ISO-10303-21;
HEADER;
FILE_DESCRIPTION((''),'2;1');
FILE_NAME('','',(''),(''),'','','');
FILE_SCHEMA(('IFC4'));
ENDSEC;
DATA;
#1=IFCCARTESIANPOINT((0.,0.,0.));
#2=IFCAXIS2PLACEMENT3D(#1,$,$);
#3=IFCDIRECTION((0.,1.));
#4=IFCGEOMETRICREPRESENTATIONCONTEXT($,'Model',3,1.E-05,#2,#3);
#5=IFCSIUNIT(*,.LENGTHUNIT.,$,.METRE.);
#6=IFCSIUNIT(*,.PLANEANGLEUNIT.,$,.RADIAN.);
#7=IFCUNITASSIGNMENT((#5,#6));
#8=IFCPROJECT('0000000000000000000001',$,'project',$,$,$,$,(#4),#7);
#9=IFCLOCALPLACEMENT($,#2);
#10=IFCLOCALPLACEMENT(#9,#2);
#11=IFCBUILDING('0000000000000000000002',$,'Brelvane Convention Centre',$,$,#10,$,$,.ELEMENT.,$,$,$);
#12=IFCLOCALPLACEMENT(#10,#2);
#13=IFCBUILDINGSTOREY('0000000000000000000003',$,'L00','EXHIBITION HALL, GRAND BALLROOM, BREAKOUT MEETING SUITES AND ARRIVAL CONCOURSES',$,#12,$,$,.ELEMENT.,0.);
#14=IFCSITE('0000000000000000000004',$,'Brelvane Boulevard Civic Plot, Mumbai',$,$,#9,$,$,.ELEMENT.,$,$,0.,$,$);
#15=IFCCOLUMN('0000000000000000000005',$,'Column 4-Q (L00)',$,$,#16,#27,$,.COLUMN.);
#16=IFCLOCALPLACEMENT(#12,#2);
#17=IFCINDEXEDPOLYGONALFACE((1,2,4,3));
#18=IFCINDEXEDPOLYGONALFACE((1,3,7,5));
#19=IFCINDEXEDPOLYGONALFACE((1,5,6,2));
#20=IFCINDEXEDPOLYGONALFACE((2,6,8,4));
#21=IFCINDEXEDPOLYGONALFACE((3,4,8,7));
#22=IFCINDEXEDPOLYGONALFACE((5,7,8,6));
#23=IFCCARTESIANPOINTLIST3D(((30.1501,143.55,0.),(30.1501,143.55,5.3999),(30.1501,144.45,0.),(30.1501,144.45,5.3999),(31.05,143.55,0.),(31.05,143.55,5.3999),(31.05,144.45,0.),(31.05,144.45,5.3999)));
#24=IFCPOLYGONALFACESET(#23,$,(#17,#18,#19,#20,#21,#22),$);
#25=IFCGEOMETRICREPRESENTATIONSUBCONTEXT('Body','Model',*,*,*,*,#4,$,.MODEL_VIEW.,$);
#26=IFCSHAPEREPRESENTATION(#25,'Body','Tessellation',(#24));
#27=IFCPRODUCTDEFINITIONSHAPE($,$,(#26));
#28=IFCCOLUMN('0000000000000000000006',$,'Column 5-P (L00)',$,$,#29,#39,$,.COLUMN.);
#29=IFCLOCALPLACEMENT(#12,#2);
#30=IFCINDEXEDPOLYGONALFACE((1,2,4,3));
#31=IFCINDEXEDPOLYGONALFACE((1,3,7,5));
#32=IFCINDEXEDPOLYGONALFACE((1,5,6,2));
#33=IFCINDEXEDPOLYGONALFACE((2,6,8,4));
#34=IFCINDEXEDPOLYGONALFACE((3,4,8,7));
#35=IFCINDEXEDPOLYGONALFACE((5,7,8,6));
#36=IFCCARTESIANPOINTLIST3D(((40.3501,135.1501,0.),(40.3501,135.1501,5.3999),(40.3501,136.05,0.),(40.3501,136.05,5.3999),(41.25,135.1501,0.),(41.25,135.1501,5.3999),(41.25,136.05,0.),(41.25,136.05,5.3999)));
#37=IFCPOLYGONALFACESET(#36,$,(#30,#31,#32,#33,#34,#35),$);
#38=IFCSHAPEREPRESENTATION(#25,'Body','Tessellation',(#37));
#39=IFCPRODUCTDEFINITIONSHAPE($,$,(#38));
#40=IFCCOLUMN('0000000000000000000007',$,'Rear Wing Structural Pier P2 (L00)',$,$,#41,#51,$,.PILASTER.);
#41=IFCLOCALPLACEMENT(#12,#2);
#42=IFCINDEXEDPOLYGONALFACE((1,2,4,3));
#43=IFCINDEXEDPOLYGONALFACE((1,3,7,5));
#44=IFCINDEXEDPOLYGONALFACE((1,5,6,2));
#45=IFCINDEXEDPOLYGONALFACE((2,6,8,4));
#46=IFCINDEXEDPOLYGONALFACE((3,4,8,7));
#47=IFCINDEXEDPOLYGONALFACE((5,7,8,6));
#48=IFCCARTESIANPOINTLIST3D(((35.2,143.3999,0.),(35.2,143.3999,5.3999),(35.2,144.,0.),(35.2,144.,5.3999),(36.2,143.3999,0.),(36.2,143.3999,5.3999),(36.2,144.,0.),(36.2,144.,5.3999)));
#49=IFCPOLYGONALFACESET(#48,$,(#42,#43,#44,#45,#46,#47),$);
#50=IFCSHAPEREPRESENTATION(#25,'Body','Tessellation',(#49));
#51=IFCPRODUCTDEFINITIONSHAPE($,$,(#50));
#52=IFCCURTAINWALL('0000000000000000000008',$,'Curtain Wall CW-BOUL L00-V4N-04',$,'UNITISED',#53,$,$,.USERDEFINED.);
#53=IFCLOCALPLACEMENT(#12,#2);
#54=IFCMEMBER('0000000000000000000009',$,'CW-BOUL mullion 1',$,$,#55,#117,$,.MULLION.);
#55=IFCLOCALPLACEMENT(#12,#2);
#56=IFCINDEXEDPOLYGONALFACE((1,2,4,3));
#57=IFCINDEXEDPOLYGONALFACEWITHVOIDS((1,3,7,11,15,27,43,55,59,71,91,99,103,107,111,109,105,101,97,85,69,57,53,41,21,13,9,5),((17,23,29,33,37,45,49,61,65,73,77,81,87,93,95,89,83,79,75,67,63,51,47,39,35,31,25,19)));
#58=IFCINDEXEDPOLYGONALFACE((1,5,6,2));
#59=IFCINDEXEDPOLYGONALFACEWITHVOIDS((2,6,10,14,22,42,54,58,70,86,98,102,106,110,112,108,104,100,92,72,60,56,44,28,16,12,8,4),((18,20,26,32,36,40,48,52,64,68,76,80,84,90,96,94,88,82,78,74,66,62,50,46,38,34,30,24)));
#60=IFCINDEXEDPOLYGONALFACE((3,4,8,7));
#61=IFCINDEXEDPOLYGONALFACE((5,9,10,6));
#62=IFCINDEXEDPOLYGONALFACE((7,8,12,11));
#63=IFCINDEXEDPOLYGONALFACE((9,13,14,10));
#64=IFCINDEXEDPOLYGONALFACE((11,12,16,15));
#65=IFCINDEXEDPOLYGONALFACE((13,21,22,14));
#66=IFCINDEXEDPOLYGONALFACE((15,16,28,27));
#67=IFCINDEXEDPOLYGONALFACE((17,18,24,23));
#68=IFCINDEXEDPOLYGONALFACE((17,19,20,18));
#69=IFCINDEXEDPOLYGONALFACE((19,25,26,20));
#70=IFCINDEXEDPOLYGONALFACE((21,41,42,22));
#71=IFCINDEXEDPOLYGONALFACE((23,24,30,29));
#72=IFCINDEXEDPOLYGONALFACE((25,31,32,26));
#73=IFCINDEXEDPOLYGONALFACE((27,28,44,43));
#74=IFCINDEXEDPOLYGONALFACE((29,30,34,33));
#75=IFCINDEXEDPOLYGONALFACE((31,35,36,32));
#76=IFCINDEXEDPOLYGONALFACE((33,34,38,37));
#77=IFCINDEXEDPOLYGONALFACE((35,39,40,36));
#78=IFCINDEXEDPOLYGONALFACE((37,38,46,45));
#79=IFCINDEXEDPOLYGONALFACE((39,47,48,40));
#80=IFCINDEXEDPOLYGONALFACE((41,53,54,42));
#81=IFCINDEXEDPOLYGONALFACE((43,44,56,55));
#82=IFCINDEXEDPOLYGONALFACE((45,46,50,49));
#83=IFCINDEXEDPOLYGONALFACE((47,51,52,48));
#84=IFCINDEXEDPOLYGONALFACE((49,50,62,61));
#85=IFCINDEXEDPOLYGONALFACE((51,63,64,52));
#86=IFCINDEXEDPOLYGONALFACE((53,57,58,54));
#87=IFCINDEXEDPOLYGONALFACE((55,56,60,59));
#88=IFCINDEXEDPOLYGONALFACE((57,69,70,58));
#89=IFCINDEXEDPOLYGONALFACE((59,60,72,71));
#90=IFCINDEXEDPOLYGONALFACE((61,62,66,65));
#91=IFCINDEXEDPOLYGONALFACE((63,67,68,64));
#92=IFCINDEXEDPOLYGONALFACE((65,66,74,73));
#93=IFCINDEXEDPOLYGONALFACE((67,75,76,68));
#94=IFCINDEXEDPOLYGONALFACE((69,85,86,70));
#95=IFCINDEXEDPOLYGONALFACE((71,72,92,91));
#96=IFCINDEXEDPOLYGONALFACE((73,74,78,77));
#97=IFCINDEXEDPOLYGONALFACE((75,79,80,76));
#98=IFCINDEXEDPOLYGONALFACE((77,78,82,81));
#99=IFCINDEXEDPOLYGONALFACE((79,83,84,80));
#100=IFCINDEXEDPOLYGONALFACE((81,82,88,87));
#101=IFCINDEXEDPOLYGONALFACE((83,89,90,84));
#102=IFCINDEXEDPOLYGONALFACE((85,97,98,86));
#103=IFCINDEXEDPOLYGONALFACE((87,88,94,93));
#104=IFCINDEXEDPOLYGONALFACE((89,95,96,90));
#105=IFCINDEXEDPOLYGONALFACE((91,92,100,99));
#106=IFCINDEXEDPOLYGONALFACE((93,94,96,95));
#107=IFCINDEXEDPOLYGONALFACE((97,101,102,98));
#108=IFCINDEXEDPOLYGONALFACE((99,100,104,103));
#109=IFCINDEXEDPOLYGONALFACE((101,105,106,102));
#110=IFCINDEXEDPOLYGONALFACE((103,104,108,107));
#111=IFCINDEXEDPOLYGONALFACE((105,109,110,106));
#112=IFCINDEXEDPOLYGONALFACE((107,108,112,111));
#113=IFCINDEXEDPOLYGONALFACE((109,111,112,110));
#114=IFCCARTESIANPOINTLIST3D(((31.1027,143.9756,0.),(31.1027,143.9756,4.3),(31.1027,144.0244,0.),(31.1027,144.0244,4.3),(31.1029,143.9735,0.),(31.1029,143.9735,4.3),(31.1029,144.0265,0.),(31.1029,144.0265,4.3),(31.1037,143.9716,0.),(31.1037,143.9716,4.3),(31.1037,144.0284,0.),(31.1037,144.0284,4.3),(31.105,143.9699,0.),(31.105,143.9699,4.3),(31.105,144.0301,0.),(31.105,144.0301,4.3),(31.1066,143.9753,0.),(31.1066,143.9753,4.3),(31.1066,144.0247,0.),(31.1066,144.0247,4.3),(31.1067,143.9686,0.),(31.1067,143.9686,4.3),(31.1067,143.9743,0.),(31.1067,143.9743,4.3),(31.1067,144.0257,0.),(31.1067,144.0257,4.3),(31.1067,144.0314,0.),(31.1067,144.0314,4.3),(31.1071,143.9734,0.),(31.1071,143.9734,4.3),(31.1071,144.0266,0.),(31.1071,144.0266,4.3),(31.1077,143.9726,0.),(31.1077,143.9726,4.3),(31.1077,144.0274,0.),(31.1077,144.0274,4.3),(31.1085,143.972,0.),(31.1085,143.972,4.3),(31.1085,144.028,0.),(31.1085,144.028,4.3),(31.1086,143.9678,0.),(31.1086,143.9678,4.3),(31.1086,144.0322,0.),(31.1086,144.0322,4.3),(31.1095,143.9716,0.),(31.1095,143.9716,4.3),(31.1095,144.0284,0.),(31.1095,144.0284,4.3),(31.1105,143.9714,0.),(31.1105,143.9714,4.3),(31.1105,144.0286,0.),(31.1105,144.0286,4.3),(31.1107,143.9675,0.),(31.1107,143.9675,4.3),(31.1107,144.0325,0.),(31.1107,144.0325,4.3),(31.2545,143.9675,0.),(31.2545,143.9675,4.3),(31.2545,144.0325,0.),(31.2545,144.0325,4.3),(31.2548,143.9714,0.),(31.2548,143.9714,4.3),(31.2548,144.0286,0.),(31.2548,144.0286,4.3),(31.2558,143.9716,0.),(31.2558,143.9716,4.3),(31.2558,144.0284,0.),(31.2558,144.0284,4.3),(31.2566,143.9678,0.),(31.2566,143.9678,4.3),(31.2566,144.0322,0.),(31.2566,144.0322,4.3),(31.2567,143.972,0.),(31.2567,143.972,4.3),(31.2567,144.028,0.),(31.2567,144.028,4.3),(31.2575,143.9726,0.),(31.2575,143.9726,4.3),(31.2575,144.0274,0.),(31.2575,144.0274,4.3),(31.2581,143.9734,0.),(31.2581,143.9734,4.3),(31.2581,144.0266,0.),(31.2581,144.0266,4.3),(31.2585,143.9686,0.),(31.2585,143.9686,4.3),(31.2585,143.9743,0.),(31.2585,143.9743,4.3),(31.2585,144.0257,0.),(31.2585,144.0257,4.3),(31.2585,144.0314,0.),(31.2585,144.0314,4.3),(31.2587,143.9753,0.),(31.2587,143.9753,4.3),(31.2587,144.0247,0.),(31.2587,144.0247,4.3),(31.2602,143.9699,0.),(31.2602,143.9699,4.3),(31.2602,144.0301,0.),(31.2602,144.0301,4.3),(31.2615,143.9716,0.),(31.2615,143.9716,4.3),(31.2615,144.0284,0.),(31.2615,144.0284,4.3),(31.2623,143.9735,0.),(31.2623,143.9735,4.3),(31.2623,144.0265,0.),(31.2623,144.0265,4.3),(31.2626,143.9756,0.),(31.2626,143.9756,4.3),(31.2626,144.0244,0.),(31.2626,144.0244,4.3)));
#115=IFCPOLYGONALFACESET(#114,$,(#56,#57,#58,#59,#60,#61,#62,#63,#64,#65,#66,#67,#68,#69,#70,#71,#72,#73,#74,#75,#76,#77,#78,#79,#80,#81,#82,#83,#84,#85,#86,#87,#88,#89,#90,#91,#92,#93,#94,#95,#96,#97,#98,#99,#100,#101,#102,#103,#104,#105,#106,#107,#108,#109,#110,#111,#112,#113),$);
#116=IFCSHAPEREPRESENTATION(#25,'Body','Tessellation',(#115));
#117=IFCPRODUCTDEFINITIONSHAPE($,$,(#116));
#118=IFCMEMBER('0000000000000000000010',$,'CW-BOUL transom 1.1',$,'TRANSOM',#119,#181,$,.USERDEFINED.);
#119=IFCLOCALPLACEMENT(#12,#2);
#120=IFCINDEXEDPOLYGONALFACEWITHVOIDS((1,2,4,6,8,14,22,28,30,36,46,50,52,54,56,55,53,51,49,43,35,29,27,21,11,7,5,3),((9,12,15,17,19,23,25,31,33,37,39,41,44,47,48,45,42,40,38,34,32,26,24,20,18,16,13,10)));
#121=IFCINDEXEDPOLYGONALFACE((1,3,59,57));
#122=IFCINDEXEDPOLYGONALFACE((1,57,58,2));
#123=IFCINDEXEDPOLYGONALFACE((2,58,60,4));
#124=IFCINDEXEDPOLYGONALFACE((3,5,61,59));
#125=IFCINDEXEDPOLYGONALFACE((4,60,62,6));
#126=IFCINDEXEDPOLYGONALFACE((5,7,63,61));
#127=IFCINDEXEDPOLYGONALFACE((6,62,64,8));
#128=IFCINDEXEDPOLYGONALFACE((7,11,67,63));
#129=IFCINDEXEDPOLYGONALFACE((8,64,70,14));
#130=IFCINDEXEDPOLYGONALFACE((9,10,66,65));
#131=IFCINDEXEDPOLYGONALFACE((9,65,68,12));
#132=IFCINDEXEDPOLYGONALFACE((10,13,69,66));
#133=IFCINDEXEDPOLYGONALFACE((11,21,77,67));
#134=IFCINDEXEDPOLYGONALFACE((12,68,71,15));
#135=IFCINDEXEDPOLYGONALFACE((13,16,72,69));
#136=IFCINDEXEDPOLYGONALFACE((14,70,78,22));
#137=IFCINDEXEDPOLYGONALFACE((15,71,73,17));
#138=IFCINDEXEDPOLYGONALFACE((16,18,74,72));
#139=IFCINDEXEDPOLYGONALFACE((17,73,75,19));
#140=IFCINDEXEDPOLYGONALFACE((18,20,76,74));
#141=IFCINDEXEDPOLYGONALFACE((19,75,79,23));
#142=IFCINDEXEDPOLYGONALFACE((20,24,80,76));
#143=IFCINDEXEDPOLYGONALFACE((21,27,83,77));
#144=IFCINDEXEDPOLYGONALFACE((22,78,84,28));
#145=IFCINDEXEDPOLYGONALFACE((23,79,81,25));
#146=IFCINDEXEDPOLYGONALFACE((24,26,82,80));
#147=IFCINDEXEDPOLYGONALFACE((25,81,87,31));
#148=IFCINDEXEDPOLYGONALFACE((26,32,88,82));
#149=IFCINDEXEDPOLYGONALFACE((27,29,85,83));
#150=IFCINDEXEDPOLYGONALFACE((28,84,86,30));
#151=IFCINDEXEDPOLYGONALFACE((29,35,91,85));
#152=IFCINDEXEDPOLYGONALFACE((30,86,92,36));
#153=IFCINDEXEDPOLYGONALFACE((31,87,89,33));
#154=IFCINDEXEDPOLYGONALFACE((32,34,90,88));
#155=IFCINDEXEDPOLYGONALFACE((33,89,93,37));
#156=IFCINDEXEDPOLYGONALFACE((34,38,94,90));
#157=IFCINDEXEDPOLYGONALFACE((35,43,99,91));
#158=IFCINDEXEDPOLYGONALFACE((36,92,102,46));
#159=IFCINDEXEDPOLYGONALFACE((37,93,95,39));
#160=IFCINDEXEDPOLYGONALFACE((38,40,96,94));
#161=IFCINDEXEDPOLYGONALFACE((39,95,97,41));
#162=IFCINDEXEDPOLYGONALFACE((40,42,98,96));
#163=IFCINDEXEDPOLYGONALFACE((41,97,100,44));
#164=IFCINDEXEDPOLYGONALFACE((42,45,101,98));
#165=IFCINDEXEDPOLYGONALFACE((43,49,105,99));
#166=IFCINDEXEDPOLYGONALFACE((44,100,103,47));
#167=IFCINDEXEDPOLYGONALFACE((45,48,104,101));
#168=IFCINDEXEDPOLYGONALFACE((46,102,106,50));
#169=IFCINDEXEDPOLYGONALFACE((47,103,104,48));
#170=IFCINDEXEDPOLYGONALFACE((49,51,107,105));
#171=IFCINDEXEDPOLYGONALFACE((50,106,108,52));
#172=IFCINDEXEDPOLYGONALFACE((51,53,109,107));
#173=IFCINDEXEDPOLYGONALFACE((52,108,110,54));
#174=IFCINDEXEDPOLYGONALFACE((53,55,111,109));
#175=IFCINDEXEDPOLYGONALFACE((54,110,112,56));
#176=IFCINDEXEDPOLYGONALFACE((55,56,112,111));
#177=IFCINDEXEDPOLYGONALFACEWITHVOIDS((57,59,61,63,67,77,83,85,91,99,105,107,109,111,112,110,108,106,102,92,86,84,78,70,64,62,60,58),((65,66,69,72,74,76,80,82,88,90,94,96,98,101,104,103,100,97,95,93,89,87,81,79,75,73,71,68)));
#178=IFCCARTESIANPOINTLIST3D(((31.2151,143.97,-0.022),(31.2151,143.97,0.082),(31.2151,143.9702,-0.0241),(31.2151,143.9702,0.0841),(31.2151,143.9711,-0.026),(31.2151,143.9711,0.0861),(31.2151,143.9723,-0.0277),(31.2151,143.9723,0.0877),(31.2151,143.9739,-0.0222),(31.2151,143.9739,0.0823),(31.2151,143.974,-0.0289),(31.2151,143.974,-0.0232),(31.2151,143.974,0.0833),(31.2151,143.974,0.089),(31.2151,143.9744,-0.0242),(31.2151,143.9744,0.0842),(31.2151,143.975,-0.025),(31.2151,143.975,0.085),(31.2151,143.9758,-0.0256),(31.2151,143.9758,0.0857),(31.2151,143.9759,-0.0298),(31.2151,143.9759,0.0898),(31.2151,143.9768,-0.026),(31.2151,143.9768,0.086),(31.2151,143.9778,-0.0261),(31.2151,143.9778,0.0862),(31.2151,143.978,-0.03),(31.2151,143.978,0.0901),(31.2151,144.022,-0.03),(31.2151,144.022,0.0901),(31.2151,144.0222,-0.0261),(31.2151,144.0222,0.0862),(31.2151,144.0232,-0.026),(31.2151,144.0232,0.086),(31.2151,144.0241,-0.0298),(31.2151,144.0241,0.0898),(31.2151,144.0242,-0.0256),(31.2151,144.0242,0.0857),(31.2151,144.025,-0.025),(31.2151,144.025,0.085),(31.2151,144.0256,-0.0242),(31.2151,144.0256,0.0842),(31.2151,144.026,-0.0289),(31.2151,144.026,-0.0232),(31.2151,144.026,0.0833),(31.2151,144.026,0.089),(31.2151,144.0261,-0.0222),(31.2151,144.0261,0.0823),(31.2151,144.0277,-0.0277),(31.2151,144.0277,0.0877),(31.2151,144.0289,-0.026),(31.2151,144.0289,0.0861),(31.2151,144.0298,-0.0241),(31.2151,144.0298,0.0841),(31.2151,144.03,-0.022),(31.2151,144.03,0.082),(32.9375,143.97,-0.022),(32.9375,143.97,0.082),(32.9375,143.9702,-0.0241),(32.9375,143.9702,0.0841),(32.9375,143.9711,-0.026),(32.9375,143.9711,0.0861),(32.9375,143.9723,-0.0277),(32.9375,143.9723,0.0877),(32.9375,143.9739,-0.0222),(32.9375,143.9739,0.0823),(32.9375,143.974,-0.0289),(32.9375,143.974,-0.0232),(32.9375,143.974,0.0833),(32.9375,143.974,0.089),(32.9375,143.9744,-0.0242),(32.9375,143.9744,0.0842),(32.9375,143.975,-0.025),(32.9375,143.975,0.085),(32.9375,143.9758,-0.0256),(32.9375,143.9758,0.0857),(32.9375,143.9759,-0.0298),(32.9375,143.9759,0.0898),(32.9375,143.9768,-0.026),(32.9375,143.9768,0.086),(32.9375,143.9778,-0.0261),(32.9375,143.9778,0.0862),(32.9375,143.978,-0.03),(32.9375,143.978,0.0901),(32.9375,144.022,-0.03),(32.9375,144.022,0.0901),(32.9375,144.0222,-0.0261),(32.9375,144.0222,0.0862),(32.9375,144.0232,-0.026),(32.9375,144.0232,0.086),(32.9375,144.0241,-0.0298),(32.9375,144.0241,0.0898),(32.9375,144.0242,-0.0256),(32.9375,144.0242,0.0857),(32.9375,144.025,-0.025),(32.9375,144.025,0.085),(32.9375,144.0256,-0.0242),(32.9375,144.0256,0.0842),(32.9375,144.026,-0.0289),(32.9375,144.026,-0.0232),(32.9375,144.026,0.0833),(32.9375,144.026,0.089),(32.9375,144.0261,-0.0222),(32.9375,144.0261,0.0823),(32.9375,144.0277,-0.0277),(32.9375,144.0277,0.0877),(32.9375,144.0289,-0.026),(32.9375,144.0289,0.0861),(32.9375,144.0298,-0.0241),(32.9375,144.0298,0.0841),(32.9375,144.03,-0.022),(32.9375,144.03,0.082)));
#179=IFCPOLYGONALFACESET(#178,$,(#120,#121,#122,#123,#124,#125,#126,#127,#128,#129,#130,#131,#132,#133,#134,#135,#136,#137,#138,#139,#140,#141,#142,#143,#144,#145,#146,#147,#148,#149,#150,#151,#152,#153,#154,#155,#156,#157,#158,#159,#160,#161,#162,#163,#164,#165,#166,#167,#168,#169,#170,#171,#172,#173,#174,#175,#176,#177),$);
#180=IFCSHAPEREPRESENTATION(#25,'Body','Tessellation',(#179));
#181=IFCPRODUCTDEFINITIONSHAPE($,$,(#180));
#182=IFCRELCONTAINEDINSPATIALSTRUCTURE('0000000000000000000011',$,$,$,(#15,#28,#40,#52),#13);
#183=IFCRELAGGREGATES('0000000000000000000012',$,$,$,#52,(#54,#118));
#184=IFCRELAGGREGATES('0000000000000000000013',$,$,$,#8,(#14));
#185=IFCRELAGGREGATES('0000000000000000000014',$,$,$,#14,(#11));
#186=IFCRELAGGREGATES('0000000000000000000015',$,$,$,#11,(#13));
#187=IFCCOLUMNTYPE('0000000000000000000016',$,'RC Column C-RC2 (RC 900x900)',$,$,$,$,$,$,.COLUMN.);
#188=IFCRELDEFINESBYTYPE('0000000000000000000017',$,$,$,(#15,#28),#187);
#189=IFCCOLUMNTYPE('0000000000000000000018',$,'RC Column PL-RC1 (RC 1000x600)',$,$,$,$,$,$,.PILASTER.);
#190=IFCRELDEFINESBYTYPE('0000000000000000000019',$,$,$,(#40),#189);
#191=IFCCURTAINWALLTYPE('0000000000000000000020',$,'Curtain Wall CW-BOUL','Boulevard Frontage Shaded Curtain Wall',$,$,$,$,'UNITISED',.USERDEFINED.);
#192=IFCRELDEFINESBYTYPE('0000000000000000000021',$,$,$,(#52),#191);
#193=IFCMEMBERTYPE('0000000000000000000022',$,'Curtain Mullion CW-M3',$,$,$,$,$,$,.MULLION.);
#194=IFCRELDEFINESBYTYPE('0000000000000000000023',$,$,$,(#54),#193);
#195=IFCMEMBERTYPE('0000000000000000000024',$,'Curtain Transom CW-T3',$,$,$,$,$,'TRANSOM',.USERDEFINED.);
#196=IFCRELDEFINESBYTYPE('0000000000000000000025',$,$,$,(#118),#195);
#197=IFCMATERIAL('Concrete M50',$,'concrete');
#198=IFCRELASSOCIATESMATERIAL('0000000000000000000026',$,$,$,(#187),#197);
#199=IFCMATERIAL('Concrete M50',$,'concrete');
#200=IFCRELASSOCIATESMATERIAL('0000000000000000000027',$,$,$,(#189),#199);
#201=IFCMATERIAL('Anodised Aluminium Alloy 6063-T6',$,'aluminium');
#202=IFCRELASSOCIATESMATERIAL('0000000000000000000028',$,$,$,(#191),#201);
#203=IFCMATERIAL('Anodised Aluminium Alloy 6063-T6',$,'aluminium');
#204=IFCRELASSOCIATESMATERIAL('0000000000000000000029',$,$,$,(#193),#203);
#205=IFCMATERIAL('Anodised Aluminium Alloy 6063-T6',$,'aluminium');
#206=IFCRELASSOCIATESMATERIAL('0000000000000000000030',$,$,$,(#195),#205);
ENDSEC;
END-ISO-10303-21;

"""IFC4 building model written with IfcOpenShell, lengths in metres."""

from ifc_helpers import new_model, si_unit, direction, frame, origin, origin_2d, place, context, subcontext, project, spatial, rectangle, hollow_rectangle, extrude, material, material_profile, profile_set, type_object, element, aggregate, save


model = new_model("IFC4")

# Units and contexts
model_context = context("Model", 3, precision=1e-05, world=origin(), true_north=direction((0.0, 1.0)))
body_context = subcontext(model_context, "Body", "Model", "MODEL_VIEW")
ifc_project = project(units=[si_unit("LENGTHUNIT", "METRE"), si_unit("PLANEANGLEUNIT", "RADIAN")], contexts=[model_context])

# Site, building, storey
site_placement = place(None, origin())
site = spatial("IfcSite", under=ifc_project, at=site_placement, Name="Brelvane Boulevard Civic Plot, Mumbai", CompositionType="ELEMENT", RefElevation=0.0)
building_placement = place(site_placement, origin())
building = spatial("IfcBuilding", under=site, at=building_placement, Name="Brelvane Convention Centre", CompositionType="ELEMENT")
storey_placement = place(building_placement, origin())
storey = spatial("IfcBuildingStorey", under=building, at=storey_placement, Name="L00", Description="EXHIBITION HALL, GRAND BALLROOM, BREAKOUT MEETING SUITES AND ARRIVAL CONCOURSES", CompositionType="ELEMENT", Elevation=0.0)

# Columns
ifc_material_1 = material(Name="Concrete M50", Category="concrete")
ifc_material_profile_1 = material_profile(ifc_material_1, rectangle(XDim=0.8999, YDim=0.8999, at=origin_2d()), Name="RC 900x900")
ifc_profile_set_1 = profile_set([ifc_material_profile_1], Name="Concrete M50")
column_type_1 = type_object("IfcColumnType", Name="RC Column C-RC2 (RC 900x900)", PredefinedType="COLUMN", material=ifc_profile_set_1)
for number, where, z_axis, x_axis, name in (
    (1, (30.6001, 144.0, 0.0), (0.0, 0.0, 1.0), (1.0, 0.0, 0.0), "Column 4-Q (L00)"),
    (2, (40.8, 135.6001, 0.0), (0.0, 0.0, 1.0), (1.0, 0.0, 0.0), "Column 5-P (L00)"),
):
    element("IfcColumn", number, at=place(storey_placement, frame(where, z_axis=z_axis, x_axis=x_axis)), inside=storey, type_object=column_type_1, Name=name, PredefinedType="COLUMN", context=body_context, shape_type="SweptSolid", body=[
        extrude(rectangle(XDim=0.8999, YDim=0.8999, at=origin_2d()), origin(), (0.0, 0.0, 1.0), 5.3999),
    ])
ifc_material_2 = material(Name="Concrete M50", Category="concrete")
ifc_material_profile_2 = material_profile(ifc_material_2, rectangle(XDim=1.0, YDim=0.6001, at=origin_2d()), Name="RC 1000x600")
ifc_profile_set_2 = profile_set([ifc_material_profile_2], Name="Concrete M50")
column_type_2 = type_object("IfcColumnType", Name="RC Column PL-RC1 (RC 1000x600)", PredefinedType="PILASTER", material=ifc_profile_set_2)
column_placement = place(storey_placement, frame((35.7, 143.7, 0.0), z_axis=(0.0, 0.0, 1.0), x_axis=(1.0, 0.0, 0.0)))
element("IfcColumn", 3, at=column_placement, inside=storey, type_object=column_type_2, Name="Rear Wing Structural Pier P2 (L00)", PredefinedType="PILASTER", context=body_context, shape_type="SweptSolid", body=[
    extrude(rectangle(XDim=1.0, YDim=0.6001, at=origin_2d()), origin(), (0.0, 0.0, 1.0), 5.3999),
])

# Curtain wall, members
ifc_material_3 = material(Name="Anodised Aluminium Alloy 6063-T6", Category="aluminium")
curtain_wall_type = type_object("IfcCurtainWallType", Name="Curtain Wall CW-BOUL", Description="Boulevard Frontage Shaded Curtain Wall", ElementType="UNITISED", PredefinedType="USERDEFINED", material=ifc_material_3)
curtain_wall_placement = place(storey_placement, origin())
curtain_wall = element("IfcCurtainWall", 4, at=curtain_wall_placement, inside=storey, type_object=curtain_wall_type, Name="Curtain Wall CW-BOUL L00-V4N-04", ObjectType="UNITISED", PredefinedType="USERDEFINED")
ifc_material_4 = material(Name="Anodised Aluminium Alloy 6063-T6", Category="aluminium")
ifc_material_profile_3 = material_profile(ifc_material_4, hollow_rectangle(XDim=0.0649, YDim=0.1599, WallThickness=0.0039, InnerFilletRadius=0.0039, OuterFilletRadius=0.0081, at=origin_2d()), Name="ALU-M 160x65x4.0")
ifc_profile_set_3 = profile_set([ifc_material_profile_3], Name="Anodised Aluminium Alloy 6063-T6")
member_type_1 = type_object("IfcMemberType", Name="Curtain Mullion CW-M3", PredefinedType="MULLION", material=ifc_profile_set_3)
member_1_placement = place(storey_placement, frame((31.1826, 144.0, 0.0), z_axis=(0.0, 0.0, 1.0), x_axis=(0.0, 1.0, 0.0)))
member_1 = element("IfcMember", 5, at=member_1_placement, type_object=member_type_1, Name="CW-BOUL mullion 1", PredefinedType="MULLION", context=body_context, shape_type="SweptSolid", body=[
    extrude(hollow_rectangle(XDim=0.0649, YDim=0.1599, WallThickness=0.0039, InnerFilletRadius=0.0039, OuterFilletRadius=0.0081, at=origin_2d()), origin(), (0.0, 0.0, 1.0), 4.3),
])
ifc_material_5 = material(Name="Anodised Aluminium Alloy 6063-T6", Category="aluminium")
ifc_material_profile_4 = material_profile(ifc_material_5, hollow_rectangle(XDim=0.0601, YDim=0.1201, WallThickness=0.0039, InnerFilletRadius=0.0039, OuterFilletRadius=0.0081, at=origin_2d()), Name="ALU-T 120x60x4.0")
ifc_profile_set_4 = profile_set([ifc_material_profile_4], Name="Anodised Aluminium Alloy 6063-T6")
member_type_2 = type_object("IfcMemberType", Name="Curtain Transom CW-T3", ElementType="TRANSOM", PredefinedType="USERDEFINED", material=ifc_profile_set_4)
member_2_placement = place(storey_placement, frame((31.2151, 144.0, 0.03), z_axis=(1.0, 0.0, 0.0), x_axis=(0.0, 1.0, 0.0)))
member_2 = element("IfcMember", 6, at=member_2_placement, type_object=member_type_2, Name="CW-BOUL transom 1.1", ObjectType="TRANSOM", PredefinedType="USERDEFINED", context=body_context, shape_type="SweptSolid", body=[
    extrude(hollow_rectangle(XDim=0.0601, YDim=0.1201, WallThickness=0.0039, InnerFilletRadius=0.0039, OuterFilletRadius=0.0081, at=origin_2d()), origin(), (0.0, 0.0, 1.0), 1.7224),
])

aggregate(curtain_wall, [member_1, member_2])

save(model, "model.ifc")
